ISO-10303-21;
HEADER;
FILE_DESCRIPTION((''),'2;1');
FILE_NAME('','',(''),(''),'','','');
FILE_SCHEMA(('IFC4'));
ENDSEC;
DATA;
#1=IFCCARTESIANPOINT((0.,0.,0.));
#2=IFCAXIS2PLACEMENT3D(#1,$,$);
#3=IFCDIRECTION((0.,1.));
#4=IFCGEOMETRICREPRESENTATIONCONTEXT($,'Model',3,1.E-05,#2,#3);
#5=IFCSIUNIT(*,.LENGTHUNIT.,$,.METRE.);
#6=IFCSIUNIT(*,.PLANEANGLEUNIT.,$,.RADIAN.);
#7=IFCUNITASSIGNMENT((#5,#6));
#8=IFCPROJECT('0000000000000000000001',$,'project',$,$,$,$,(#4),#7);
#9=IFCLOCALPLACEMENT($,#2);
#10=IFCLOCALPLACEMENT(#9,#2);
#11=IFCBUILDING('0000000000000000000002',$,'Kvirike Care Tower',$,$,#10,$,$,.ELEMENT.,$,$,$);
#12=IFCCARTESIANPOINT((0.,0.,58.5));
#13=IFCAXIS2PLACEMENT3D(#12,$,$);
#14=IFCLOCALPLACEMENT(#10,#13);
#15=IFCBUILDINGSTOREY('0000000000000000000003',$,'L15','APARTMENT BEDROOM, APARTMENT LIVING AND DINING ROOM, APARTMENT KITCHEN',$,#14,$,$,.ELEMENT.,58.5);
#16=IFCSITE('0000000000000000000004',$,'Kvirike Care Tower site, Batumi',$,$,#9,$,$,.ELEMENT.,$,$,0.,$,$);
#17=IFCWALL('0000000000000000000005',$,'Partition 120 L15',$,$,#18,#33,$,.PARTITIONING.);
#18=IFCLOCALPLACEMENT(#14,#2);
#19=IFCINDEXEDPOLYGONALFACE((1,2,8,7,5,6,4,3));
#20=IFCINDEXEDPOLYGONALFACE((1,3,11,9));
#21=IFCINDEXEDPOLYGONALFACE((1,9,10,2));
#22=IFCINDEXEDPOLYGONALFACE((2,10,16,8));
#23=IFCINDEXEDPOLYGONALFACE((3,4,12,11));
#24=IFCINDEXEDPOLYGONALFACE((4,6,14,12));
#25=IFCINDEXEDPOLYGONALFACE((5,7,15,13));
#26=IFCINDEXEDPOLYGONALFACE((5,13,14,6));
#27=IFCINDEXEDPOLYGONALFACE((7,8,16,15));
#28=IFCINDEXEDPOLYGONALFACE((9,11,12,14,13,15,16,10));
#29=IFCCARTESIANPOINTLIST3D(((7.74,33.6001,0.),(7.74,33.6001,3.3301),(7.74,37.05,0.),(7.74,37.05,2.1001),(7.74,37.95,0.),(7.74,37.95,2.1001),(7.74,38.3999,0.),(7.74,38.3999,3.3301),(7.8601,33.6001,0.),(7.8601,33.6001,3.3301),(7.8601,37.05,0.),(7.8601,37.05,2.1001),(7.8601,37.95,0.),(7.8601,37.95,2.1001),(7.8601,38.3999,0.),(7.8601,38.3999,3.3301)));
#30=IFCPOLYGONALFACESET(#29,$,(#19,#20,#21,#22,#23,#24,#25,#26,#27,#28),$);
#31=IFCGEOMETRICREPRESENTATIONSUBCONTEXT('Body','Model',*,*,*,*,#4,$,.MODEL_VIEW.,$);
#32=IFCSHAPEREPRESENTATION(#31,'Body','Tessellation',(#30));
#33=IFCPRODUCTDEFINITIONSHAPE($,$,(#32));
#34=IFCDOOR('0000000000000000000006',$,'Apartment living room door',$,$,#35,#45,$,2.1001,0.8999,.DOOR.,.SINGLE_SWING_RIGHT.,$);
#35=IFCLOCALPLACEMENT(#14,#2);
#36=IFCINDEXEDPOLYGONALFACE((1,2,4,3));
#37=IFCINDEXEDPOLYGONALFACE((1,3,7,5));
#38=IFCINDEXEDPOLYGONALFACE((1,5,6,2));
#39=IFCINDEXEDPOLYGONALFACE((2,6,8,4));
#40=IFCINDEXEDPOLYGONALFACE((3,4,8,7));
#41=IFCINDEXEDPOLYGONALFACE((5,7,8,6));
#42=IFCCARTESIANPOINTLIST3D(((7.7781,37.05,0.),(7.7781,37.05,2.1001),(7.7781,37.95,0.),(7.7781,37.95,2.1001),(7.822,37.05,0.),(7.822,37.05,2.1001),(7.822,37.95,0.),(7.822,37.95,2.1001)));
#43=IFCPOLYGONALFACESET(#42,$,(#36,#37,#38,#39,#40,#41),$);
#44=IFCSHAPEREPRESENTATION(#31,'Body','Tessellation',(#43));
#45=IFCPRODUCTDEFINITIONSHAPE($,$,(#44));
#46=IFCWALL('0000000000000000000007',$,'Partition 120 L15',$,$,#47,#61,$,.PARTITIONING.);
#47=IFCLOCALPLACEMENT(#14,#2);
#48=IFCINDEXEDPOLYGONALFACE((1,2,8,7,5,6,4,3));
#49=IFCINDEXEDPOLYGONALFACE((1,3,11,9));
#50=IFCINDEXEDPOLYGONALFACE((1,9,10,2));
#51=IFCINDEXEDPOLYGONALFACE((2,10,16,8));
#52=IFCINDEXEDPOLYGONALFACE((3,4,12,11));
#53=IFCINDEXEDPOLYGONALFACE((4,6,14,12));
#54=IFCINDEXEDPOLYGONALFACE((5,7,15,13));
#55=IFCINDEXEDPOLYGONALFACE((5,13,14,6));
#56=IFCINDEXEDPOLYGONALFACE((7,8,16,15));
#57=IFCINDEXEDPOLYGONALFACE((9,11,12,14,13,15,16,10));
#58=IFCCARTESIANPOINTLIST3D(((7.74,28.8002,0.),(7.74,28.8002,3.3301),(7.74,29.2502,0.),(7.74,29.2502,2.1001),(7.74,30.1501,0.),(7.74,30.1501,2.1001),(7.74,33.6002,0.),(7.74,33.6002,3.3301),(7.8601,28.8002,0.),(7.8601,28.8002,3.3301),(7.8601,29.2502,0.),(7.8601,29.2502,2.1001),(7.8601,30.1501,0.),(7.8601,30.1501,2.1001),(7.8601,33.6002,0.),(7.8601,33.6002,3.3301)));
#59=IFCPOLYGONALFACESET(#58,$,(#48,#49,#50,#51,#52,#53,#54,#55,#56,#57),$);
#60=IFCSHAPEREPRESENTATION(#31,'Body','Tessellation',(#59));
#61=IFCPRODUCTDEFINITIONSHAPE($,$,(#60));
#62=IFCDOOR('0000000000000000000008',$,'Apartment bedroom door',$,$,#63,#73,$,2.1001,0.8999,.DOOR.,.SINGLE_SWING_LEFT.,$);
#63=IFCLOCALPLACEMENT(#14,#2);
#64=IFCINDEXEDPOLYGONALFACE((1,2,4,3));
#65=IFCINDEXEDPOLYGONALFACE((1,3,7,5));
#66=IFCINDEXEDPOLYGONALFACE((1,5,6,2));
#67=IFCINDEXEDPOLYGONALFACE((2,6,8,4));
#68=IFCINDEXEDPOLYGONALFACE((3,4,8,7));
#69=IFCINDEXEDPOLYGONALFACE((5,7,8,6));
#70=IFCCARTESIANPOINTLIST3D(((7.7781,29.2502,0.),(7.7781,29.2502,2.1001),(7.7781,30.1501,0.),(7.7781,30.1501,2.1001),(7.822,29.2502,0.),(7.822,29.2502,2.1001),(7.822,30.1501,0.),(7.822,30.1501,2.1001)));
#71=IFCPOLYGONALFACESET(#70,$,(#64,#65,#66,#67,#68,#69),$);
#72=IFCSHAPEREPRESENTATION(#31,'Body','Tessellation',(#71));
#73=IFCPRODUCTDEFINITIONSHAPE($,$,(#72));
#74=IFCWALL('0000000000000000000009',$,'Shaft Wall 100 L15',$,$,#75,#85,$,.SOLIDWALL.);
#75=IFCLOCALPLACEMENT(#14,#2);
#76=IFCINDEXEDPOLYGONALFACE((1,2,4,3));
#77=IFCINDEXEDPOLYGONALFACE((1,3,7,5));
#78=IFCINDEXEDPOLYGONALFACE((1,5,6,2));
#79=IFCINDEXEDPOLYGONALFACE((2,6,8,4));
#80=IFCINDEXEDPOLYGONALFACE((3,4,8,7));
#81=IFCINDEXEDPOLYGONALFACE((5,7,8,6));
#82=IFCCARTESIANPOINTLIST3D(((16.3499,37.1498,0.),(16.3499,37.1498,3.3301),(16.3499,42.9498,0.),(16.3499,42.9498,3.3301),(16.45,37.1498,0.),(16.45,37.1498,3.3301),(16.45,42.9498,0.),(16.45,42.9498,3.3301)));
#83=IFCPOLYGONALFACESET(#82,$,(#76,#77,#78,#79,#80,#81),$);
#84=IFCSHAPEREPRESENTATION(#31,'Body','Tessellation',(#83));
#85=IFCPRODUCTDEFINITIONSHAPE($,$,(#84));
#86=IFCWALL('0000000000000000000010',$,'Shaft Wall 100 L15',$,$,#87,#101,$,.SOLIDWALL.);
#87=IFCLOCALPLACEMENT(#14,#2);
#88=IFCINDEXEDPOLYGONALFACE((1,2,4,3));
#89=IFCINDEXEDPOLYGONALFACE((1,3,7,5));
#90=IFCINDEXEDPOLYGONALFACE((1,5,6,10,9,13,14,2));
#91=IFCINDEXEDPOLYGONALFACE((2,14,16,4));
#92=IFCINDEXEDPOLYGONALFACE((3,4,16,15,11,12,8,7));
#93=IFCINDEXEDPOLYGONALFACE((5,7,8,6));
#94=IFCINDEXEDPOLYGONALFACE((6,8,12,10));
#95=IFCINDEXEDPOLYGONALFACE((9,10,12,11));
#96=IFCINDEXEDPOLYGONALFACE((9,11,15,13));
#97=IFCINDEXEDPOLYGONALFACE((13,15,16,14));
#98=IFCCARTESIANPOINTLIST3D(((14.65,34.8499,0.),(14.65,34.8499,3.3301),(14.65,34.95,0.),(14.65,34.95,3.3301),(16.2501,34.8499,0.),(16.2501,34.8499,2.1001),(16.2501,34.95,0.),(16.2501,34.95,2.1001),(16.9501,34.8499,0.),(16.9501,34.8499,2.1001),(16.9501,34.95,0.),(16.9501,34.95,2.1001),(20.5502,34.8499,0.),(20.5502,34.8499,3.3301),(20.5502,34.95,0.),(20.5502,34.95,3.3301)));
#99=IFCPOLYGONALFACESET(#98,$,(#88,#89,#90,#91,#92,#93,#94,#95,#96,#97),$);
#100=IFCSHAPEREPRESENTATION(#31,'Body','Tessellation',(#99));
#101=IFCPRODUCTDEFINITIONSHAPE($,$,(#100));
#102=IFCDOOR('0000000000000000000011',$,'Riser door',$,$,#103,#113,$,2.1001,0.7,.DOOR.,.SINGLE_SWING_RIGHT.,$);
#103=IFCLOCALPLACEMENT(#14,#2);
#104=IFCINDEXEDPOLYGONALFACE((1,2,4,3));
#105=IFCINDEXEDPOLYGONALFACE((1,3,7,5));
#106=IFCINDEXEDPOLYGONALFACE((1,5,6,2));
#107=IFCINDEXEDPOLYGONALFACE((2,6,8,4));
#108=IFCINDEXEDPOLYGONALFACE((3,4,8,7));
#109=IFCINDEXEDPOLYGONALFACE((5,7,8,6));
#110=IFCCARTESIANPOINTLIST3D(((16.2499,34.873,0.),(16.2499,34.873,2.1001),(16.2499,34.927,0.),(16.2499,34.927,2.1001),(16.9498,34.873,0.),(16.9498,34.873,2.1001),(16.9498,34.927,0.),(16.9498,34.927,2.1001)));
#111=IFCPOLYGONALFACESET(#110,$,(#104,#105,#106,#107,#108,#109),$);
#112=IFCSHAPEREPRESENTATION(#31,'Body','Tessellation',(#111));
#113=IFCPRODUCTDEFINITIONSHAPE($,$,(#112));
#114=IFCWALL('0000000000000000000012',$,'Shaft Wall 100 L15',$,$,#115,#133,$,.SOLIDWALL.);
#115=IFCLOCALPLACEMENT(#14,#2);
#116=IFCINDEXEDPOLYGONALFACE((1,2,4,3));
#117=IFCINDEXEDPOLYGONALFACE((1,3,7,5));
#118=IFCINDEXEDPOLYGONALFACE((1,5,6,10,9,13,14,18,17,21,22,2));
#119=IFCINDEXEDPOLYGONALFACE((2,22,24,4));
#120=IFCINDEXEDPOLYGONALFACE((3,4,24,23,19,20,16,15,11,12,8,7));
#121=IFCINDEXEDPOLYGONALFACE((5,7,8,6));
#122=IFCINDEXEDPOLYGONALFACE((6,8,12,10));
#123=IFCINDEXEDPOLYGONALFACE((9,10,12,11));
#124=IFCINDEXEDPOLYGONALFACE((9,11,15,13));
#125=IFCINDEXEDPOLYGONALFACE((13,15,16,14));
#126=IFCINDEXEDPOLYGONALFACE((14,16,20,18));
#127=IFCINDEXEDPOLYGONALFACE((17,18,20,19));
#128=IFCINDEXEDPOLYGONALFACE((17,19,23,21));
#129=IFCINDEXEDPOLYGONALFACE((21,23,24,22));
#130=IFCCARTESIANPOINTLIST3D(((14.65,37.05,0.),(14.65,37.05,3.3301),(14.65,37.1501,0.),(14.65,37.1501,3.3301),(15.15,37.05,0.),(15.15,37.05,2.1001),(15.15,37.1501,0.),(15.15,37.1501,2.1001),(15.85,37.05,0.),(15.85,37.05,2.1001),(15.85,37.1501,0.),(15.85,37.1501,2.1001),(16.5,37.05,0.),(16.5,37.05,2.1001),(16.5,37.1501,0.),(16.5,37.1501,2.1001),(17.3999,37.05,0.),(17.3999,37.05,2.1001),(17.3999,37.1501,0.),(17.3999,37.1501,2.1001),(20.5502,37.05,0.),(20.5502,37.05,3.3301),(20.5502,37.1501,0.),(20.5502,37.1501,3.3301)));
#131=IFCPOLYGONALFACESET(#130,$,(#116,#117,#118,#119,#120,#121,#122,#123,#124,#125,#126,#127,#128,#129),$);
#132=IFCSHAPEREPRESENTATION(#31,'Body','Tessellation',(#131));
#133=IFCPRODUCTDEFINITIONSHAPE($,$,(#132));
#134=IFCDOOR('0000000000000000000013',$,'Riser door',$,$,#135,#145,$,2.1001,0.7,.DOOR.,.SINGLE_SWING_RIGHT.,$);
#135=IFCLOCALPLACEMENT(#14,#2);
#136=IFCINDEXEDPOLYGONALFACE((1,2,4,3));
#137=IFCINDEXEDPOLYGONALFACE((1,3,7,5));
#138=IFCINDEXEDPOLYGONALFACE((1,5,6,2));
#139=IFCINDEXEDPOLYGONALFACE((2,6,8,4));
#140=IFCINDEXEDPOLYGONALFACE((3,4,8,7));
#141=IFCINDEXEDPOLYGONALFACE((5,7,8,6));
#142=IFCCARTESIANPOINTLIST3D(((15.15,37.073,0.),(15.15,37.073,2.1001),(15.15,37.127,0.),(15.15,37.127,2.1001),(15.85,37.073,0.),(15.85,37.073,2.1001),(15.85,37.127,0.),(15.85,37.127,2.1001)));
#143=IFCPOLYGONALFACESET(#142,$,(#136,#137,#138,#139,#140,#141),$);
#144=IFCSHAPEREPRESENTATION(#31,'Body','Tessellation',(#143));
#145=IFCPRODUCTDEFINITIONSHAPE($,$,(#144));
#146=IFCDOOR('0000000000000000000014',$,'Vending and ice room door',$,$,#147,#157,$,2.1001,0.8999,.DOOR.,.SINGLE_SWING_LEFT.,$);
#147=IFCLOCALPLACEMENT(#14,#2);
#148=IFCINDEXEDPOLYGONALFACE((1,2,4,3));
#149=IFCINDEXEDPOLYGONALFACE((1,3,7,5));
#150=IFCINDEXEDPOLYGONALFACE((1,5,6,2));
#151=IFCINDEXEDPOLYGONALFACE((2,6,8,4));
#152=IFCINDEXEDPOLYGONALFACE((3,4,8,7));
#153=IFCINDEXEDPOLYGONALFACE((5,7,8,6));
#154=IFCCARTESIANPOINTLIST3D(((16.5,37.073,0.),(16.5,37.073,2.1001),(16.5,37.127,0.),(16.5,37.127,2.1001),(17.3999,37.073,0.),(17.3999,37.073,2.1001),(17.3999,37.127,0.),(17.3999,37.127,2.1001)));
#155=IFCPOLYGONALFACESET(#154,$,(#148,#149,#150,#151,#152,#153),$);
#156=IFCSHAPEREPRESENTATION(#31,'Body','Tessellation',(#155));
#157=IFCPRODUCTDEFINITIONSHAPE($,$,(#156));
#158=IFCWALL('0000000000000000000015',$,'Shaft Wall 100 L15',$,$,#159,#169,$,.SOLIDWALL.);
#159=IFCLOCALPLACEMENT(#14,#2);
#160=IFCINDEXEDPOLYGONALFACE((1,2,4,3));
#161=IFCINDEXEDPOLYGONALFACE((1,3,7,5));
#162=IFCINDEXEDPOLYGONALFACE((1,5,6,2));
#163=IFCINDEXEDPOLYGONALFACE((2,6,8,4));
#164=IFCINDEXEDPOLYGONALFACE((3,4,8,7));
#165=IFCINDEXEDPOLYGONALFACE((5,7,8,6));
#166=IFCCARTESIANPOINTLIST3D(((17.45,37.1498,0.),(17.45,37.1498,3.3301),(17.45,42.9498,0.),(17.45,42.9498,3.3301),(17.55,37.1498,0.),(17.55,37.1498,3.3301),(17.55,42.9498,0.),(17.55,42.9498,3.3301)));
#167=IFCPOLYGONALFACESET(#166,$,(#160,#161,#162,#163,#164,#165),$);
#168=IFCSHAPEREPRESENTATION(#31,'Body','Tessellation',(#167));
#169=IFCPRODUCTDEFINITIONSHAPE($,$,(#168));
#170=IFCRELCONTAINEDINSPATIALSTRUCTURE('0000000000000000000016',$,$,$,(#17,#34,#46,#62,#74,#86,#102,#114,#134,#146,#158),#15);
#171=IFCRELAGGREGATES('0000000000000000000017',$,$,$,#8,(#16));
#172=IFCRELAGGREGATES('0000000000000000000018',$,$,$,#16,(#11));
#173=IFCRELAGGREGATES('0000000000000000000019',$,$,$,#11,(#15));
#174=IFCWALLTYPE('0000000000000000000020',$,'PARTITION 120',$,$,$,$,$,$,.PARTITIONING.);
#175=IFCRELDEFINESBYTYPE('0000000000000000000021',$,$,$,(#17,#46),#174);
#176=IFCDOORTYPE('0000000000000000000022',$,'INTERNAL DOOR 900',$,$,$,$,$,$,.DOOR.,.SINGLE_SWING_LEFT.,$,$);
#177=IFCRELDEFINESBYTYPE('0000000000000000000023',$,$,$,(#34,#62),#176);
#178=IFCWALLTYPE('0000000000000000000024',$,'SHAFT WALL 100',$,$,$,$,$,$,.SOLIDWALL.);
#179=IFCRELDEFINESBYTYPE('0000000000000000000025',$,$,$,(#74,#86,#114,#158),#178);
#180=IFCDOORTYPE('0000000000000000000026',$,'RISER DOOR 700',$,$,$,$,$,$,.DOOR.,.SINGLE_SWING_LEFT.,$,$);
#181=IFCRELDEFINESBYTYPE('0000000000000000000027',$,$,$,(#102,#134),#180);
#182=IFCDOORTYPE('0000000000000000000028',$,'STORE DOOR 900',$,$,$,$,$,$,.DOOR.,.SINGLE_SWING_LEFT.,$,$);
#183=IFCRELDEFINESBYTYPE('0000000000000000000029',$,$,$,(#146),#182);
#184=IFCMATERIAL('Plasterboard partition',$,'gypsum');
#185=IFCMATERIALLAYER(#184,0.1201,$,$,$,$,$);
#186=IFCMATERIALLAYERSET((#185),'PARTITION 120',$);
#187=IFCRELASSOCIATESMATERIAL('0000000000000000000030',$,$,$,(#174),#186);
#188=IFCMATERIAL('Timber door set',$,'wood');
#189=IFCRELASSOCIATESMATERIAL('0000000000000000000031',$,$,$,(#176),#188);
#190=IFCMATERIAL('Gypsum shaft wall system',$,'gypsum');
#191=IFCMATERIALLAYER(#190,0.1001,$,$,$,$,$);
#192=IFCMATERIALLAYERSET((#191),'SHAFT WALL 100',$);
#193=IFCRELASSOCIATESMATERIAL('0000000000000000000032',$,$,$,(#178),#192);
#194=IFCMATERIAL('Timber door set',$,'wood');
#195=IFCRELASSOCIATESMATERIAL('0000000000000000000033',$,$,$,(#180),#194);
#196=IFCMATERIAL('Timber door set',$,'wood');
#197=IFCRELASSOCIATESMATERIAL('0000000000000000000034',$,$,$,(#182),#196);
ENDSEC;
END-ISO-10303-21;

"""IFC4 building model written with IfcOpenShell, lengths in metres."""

from ifc_helpers import new_model, si_unit, direction, frame, frame_2d, origin, place, context, subcontext, project, spatial, rectangle, extrude, material, layer, layer_set, type_object, element, fill, save


model = new_model("IFC4")

# Units and contexts
model_context = context("Model", 3, precision=1e-05, world=origin(), true_north=direction((0.0, 1.0)))
body_context = subcontext(model_context, "Body", "Model", "MODEL_VIEW")
ifc_project = project(units=[si_unit("LENGTHUNIT", "METRE"), si_unit("PLANEANGLEUNIT", "RADIAN")], contexts=[model_context])

# Site, building, storey
site_placement = place(None, origin())
site = spatial("IfcSite", under=ifc_project, at=site_placement, Name="Kvirike Care Tower site, Batumi", CompositionType="ELEMENT", RefElevation=0.0)
building_placement = place(site_placement, origin())
building = spatial("IfcBuilding", under=site, at=building_placement, Name="Kvirike Care Tower", CompositionType="ELEMENT")
storey_placement = place(building_placement, frame((0.0, 0.0, 58.5)))
storey = spatial("IfcBuildingStorey", under=building, at=storey_placement, Name="L15", Description="APARTMENT BEDROOM, APARTMENT LIVING AND DINING ROOM, APARTMENT KITCHEN", CompositionType="ELEMENT", Elevation=58.5)

# Walls, openings, doors
ifc_material_1 = material(Name="Plasterboard partition", Category="gypsum")
ifc_layer_1 = layer(ifc_material_1, 0.1201)
ifc_layer_set_1 = layer_set([ifc_layer_1], Name="PARTITION 120")
wall_type_1 = type_object("IfcWallType", Name="PARTITION 120", PredefinedType="PARTITIONING", material=ifc_layer_set_1)
ifc_material_2 = material(Name="Timber door set", Category="wood")
door_type_1 = type_object("IfcDoorType", Name="INTERNAL DOOR 900", OperationType="SINGLE_SWING_LEFT", PredefinedType="DOOR", material=ifc_material_2)
wall_1_placement = place(storey_placement, frame((7.8, 38.3999, 0.0), z_axis=(0.0, 0.0, 1.0), x_axis=(0.0, -1.0, 0.0)))
wall_1 = element("IfcWall", 1, at=wall_1_placement, inside=storey, type_object=wall_type_1, Name="Partition 120 L15", PredefinedType="PARTITIONING", context=body_context, shape_type="SweptSolid", body=[
    extrude(rectangle(XDim=4.7998, YDim=0.1201, at=frame_2d((2.3999, 0.0))), origin(), (0.0, 0.0, 1.0), 3.3301),
])
opening_1_placement = place(wall_1_placement, frame((0.45, 0.0, 0.0)))
opening_1 = element("IfcOpeningElement", 2, at=opening_1_placement, cuts=wall_1, PredefinedType="OPENING", context=body_context, shape_type="SweptSolid", body=[
    extrude(rectangle(XDim=0.8999, YDim=2.1001, at=frame_2d((0.45, 1.05))), frame((0.0, 0.0706, 0.0), z_axis=(0.0, -1.0, 0.0), x_axis=(1.0, 0.0, 0.0)), (0.0, 0.0, 1.0), 0.1411),
])
door_1_placement = place(opening_1_placement, origin())
door_1 = element("IfcDoor", 3, at=door_1_placement, inside=storey, type_object=door_type_1, Name="Apartment living room door", OperationType="SINGLE_SWING_RIGHT", OverallHeight=2.1001, OverallWidth=0.8999, PredefinedType="DOOR", context=body_context, shape_type="SweptSolid", body=[
    extrude(rectangle(XDim=0.8999, YDim=2.1001, at=frame_2d((0.45, 1.05))), frame((0.0, 0.022, 0.0), z_axis=(0.0, -1.0, 0.0), x_axis=(1.0, 0.0, 0.0)), (0.0, 0.0, 1.0), 0.0439),
])
fill(opening_1, door_1)
wall_2_placement = place(storey_placement, frame((7.8, 33.6001, 0.0), z_axis=(0.0, 0.0, 1.0), x_axis=(0.0, -1.0, 0.0)))
wall_2 = element("IfcWall", 4, at=wall_2_placement, inside=storey, type_object=wall_type_1, Name="Partition 120 L15", PredefinedType="PARTITIONING", context=body_context, shape_type="SweptSolid", body=[
    extrude(rectangle(XDim=4.8, YDim=0.1201, at=frame_2d((2.3999, 0.0))), origin(), (0.0, 0.0, 1.0), 3.3301),
])
opening_2_placement = place(wall_2_placement, frame((3.45, 0.0, 0.0)))
opening_2 = element("IfcOpeningElement", 5, at=opening_2_placement, cuts=wall_2, PredefinedType="OPENING", context=body_context, shape_type="SweptSolid", body=[
    extrude(rectangle(XDim=0.8999, YDim=2.1001, at=frame_2d((0.45, 1.05))), frame((0.0, 0.0706, 0.0), z_axis=(0.0, -1.0, 0.0), x_axis=(1.0, 0.0, 0.0)), (0.0, 0.0, 1.0), 0.1411),
])
door_2_placement = place(opening_2_placement, origin())
door_2 = element("IfcDoor", 6, at=door_2_placement, inside=storey, type_object=door_type_1, Name="Apartment bedroom door", OperationType="SINGLE_SWING_LEFT", OverallHeight=2.1001, OverallWidth=0.8999, PredefinedType="DOOR", context=body_context, shape_type="SweptSolid", body=[
    extrude(rectangle(XDim=0.8999, YDim=2.1001, at=frame_2d((0.45, 1.05))), frame((0.0, 0.022, 0.0), z_axis=(0.0, -1.0, 0.0), x_axis=(1.0, 0.0, 0.0)), (0.0, 0.0, 1.0), 0.0439),
])
fill(opening_2, door_2)

# Wall
ifc_material_3 = material(Name="Gypsum shaft wall system", Category="gypsum")
ifc_layer_2 = layer(ifc_material_3, 0.1001)
ifc_layer_set_2 = layer_set([ifc_layer_2], Name="SHAFT WALL 100")
wall_type_2 = type_object("IfcWallType", Name="SHAFT WALL 100", PredefinedType="SOLIDWALL", material=ifc_layer_set_2)
wall_3_placement = place(storey_placement, frame((16.3999, 37.1499, 0.0), z_axis=(0.0, 0.0, 1.0), x_axis=(0.0, 1.0, 0.0)))
element("IfcWall", 7, at=wall_3_placement, inside=storey, type_object=wall_type_2, Name="Shaft Wall 100 L15", PredefinedType="SOLIDWALL", context=body_context, shape_type="SweptSolid", body=[
    extrude(rectangle(XDim=5.8, YDim=0.1001, at=frame_2d((2.8999, 0.0))), origin(), (0.0, 0.0, 1.0), 3.3301),
])

# Wall, opening, door
wall_4_placement = place(storey_placement, frame((14.6499, 34.8999, 0.0), z_axis=(0.0, 0.0, 1.0), x_axis=(1.0, 0.0, 0.0)))
wall_4 = element("IfcWall", 8, at=wall_4_placement, inside=storey, type_object=wall_type_2, Name="Shaft Wall 100 L15", PredefinedType="SOLIDWALL", context=body_context, shape_type="SweptSolid", body=[
    extrude(rectangle(XDim=5.9001, YDim=0.1001, at=frame_2d((2.9502, 0.0))), origin(), (0.0, 0.0, 1.0), 3.3301),
])
opening_3_placement = place(wall_4_placement, frame((1.6001, 0.0, 0.0)))
opening_3 = element("IfcOpeningElement", 9, at=opening_3_placement, cuts=wall_4, PredefinedType="OPENING", context=body_context, shape_type="SweptSolid", body=[
    extrude(rectangle(XDim=0.7, YDim=2.1001, at=frame_2d((0.3501, 1.05))), frame((0.0, 0.0605, 0.0), z_axis=(0.0, -1.0, 0.0), x_axis=(1.0, 0.0, 0.0)), (0.0, 0.0, 1.0), 0.1211),
])
ifc_material_4 = material(Name="Timber door set", Category="wood")
door_type_2 = type_object("IfcDoorType", Name="RISER DOOR 700", OperationType="SINGLE_SWING_LEFT", PredefinedType="DOOR", material=ifc_material_4)
door_3_placement = place(opening_3_placement, frame((0.7, 0.0, 0.0), z_axis=(0.0, 0.0, 1.0), x_axis=(-1.0, 0.0, 0.0)))
door_3 = element("IfcDoor", 10, at=door_3_placement, inside=storey, type_object=door_type_2, Name="Riser door", OperationType="SINGLE_SWING_RIGHT", OverallHeight=2.1001, OverallWidth=0.7, PredefinedType="DOOR", context=body_context, shape_type="SweptSolid", body=[
    extrude(rectangle(XDim=0.7, YDim=2.1001, at=frame_2d((0.3501, 1.05))), frame((0.0, 0.0269, 0.0), z_axis=(0.0, -1.0, 0.0), x_axis=(1.0, 0.0, 0.0)), (0.0, 0.0, 1.0), 0.054),
])
fill(opening_3, door_3)

# Wall, openings, doors
wall_5_placement = place(storey_placement, frame((14.6499, 37.1001, 0.0), z_axis=(0.0, 0.0, 1.0), x_axis=(1.0, 0.0, 0.0)))
wall_5 = element("IfcWall", 11, at=wall_5_placement, inside=storey, type_object=wall_type_2, Name="Shaft Wall 100 L15", PredefinedType="SOLIDWALL", context=body_context, shape_type="SweptSolid", body=[
    extrude(rectangle(XDim=5.9001, YDim=0.1001, at=frame_2d((2.9502, 0.0))), origin(), (0.0, 0.0, 1.0), 3.3301),
])
opening_4_placement = place(wall_5_placement, frame((0.5, 0.0, 0.0)))
opening_4 = element("IfcOpeningElement", 12, at=opening_4_placement, cuts=wall_5, PredefinedType="OPENING", context=body_context, shape_type="SweptSolid", body=[
    extrude(rectangle(XDim=0.7, YDim=2.1001, at=frame_2d((0.3501, 1.05))), frame((0.0, 0.0605, 0.0), z_axis=(0.0, -1.0, 0.0), x_axis=(1.0, 0.0, 0.0)), (0.0, 0.0, 1.0), 0.1211),
])
opening_5_placement = place(wall_5_placement, frame((1.8501, 0.0, 0.0)))
opening_5 = element("IfcOpeningElement", 13, at=opening_5_placement, cuts=wall_5, PredefinedType="OPENING", context=body_context, shape_type="SweptSolid", body=[
    extrude(rectangle(XDim=0.8999, YDim=2.1001, at=frame_2d((0.45, 1.05))), frame((0.0, 0.0605, 0.0), z_axis=(0.0, -1.0, 0.0), x_axis=(1.0, 0.0, 0.0)), (0.0, 0.0, 1.0), 0.1211),
])
door_4_placement = place(opening_4_placement, origin())
door_4 = element("IfcDoor", 14, at=door_4_placement, inside=storey, type_object=door_type_2, Name="Riser door", OperationType="SINGLE_SWING_RIGHT", OverallHeight=2.1001, OverallWidth=0.7, PredefinedType="DOOR", context=body_context, shape_type="SweptSolid", body=[
    extrude(rectangle(XDim=0.7, YDim=2.1001, at=frame_2d((0.3501, 1.05))), frame((0.0, 0.0269, 0.0), z_axis=(0.0, -1.0, 0.0), x_axis=(1.0, 0.0, 0.0)), (0.0, 0.0, 1.0), 0.054),
])
fill(opening_4, door_4)
ifc_material_5 = material(Name="Timber door set", Category="wood")
door_type_3 = type_object("IfcDoorType", Name="STORE DOOR 900", OperationType="SINGLE_SWING_LEFT", PredefinedType="DOOR", material=ifc_material_5)
door_5_placement = place(opening_5_placement, origin())
door_5 = element("IfcDoor", 15, at=door_5_placement, inside=storey, type_object=door_type_3, Name="Vending and ice room door", OperationType="SINGLE_SWING_LEFT", OverallHeight=2.1001, OverallWidth=0.8999, PredefinedType="DOOR", context=body_context, shape_type="SweptSolid", body=[
    extrude(rectangle(XDim=0.8999, YDim=2.1001, at=frame_2d((0.45, 1.05))), frame((0.0, 0.0269, 0.0), z_axis=(0.0, -1.0, 0.0), x_axis=(1.0, 0.0, 0.0)), (0.0, 0.0, 1.0), 0.054),
])
fill(opening_5, door_5)

# Wall
wall_6_placement = place(storey_placement, frame((17.5, 37.1499, 0.0), z_axis=(0.0, 0.0, 1.0), x_axis=(0.0, 1.0, 0.0)))
element("IfcWall", 16, at=wall_6_placement, inside=storey, type_object=wall_type_2, Name="Shaft Wall 100 L15", PredefinedType="SOLIDWALL", context=body_context, shape_type="SweptSolid", body=[
    extrude(rectangle(XDim=5.8, YDim=0.1001, at=frame_2d((2.8999, 0.0))), origin(), (0.0, 0.0, 1.0), 3.3301),
])

save(model, "model.ifc")
